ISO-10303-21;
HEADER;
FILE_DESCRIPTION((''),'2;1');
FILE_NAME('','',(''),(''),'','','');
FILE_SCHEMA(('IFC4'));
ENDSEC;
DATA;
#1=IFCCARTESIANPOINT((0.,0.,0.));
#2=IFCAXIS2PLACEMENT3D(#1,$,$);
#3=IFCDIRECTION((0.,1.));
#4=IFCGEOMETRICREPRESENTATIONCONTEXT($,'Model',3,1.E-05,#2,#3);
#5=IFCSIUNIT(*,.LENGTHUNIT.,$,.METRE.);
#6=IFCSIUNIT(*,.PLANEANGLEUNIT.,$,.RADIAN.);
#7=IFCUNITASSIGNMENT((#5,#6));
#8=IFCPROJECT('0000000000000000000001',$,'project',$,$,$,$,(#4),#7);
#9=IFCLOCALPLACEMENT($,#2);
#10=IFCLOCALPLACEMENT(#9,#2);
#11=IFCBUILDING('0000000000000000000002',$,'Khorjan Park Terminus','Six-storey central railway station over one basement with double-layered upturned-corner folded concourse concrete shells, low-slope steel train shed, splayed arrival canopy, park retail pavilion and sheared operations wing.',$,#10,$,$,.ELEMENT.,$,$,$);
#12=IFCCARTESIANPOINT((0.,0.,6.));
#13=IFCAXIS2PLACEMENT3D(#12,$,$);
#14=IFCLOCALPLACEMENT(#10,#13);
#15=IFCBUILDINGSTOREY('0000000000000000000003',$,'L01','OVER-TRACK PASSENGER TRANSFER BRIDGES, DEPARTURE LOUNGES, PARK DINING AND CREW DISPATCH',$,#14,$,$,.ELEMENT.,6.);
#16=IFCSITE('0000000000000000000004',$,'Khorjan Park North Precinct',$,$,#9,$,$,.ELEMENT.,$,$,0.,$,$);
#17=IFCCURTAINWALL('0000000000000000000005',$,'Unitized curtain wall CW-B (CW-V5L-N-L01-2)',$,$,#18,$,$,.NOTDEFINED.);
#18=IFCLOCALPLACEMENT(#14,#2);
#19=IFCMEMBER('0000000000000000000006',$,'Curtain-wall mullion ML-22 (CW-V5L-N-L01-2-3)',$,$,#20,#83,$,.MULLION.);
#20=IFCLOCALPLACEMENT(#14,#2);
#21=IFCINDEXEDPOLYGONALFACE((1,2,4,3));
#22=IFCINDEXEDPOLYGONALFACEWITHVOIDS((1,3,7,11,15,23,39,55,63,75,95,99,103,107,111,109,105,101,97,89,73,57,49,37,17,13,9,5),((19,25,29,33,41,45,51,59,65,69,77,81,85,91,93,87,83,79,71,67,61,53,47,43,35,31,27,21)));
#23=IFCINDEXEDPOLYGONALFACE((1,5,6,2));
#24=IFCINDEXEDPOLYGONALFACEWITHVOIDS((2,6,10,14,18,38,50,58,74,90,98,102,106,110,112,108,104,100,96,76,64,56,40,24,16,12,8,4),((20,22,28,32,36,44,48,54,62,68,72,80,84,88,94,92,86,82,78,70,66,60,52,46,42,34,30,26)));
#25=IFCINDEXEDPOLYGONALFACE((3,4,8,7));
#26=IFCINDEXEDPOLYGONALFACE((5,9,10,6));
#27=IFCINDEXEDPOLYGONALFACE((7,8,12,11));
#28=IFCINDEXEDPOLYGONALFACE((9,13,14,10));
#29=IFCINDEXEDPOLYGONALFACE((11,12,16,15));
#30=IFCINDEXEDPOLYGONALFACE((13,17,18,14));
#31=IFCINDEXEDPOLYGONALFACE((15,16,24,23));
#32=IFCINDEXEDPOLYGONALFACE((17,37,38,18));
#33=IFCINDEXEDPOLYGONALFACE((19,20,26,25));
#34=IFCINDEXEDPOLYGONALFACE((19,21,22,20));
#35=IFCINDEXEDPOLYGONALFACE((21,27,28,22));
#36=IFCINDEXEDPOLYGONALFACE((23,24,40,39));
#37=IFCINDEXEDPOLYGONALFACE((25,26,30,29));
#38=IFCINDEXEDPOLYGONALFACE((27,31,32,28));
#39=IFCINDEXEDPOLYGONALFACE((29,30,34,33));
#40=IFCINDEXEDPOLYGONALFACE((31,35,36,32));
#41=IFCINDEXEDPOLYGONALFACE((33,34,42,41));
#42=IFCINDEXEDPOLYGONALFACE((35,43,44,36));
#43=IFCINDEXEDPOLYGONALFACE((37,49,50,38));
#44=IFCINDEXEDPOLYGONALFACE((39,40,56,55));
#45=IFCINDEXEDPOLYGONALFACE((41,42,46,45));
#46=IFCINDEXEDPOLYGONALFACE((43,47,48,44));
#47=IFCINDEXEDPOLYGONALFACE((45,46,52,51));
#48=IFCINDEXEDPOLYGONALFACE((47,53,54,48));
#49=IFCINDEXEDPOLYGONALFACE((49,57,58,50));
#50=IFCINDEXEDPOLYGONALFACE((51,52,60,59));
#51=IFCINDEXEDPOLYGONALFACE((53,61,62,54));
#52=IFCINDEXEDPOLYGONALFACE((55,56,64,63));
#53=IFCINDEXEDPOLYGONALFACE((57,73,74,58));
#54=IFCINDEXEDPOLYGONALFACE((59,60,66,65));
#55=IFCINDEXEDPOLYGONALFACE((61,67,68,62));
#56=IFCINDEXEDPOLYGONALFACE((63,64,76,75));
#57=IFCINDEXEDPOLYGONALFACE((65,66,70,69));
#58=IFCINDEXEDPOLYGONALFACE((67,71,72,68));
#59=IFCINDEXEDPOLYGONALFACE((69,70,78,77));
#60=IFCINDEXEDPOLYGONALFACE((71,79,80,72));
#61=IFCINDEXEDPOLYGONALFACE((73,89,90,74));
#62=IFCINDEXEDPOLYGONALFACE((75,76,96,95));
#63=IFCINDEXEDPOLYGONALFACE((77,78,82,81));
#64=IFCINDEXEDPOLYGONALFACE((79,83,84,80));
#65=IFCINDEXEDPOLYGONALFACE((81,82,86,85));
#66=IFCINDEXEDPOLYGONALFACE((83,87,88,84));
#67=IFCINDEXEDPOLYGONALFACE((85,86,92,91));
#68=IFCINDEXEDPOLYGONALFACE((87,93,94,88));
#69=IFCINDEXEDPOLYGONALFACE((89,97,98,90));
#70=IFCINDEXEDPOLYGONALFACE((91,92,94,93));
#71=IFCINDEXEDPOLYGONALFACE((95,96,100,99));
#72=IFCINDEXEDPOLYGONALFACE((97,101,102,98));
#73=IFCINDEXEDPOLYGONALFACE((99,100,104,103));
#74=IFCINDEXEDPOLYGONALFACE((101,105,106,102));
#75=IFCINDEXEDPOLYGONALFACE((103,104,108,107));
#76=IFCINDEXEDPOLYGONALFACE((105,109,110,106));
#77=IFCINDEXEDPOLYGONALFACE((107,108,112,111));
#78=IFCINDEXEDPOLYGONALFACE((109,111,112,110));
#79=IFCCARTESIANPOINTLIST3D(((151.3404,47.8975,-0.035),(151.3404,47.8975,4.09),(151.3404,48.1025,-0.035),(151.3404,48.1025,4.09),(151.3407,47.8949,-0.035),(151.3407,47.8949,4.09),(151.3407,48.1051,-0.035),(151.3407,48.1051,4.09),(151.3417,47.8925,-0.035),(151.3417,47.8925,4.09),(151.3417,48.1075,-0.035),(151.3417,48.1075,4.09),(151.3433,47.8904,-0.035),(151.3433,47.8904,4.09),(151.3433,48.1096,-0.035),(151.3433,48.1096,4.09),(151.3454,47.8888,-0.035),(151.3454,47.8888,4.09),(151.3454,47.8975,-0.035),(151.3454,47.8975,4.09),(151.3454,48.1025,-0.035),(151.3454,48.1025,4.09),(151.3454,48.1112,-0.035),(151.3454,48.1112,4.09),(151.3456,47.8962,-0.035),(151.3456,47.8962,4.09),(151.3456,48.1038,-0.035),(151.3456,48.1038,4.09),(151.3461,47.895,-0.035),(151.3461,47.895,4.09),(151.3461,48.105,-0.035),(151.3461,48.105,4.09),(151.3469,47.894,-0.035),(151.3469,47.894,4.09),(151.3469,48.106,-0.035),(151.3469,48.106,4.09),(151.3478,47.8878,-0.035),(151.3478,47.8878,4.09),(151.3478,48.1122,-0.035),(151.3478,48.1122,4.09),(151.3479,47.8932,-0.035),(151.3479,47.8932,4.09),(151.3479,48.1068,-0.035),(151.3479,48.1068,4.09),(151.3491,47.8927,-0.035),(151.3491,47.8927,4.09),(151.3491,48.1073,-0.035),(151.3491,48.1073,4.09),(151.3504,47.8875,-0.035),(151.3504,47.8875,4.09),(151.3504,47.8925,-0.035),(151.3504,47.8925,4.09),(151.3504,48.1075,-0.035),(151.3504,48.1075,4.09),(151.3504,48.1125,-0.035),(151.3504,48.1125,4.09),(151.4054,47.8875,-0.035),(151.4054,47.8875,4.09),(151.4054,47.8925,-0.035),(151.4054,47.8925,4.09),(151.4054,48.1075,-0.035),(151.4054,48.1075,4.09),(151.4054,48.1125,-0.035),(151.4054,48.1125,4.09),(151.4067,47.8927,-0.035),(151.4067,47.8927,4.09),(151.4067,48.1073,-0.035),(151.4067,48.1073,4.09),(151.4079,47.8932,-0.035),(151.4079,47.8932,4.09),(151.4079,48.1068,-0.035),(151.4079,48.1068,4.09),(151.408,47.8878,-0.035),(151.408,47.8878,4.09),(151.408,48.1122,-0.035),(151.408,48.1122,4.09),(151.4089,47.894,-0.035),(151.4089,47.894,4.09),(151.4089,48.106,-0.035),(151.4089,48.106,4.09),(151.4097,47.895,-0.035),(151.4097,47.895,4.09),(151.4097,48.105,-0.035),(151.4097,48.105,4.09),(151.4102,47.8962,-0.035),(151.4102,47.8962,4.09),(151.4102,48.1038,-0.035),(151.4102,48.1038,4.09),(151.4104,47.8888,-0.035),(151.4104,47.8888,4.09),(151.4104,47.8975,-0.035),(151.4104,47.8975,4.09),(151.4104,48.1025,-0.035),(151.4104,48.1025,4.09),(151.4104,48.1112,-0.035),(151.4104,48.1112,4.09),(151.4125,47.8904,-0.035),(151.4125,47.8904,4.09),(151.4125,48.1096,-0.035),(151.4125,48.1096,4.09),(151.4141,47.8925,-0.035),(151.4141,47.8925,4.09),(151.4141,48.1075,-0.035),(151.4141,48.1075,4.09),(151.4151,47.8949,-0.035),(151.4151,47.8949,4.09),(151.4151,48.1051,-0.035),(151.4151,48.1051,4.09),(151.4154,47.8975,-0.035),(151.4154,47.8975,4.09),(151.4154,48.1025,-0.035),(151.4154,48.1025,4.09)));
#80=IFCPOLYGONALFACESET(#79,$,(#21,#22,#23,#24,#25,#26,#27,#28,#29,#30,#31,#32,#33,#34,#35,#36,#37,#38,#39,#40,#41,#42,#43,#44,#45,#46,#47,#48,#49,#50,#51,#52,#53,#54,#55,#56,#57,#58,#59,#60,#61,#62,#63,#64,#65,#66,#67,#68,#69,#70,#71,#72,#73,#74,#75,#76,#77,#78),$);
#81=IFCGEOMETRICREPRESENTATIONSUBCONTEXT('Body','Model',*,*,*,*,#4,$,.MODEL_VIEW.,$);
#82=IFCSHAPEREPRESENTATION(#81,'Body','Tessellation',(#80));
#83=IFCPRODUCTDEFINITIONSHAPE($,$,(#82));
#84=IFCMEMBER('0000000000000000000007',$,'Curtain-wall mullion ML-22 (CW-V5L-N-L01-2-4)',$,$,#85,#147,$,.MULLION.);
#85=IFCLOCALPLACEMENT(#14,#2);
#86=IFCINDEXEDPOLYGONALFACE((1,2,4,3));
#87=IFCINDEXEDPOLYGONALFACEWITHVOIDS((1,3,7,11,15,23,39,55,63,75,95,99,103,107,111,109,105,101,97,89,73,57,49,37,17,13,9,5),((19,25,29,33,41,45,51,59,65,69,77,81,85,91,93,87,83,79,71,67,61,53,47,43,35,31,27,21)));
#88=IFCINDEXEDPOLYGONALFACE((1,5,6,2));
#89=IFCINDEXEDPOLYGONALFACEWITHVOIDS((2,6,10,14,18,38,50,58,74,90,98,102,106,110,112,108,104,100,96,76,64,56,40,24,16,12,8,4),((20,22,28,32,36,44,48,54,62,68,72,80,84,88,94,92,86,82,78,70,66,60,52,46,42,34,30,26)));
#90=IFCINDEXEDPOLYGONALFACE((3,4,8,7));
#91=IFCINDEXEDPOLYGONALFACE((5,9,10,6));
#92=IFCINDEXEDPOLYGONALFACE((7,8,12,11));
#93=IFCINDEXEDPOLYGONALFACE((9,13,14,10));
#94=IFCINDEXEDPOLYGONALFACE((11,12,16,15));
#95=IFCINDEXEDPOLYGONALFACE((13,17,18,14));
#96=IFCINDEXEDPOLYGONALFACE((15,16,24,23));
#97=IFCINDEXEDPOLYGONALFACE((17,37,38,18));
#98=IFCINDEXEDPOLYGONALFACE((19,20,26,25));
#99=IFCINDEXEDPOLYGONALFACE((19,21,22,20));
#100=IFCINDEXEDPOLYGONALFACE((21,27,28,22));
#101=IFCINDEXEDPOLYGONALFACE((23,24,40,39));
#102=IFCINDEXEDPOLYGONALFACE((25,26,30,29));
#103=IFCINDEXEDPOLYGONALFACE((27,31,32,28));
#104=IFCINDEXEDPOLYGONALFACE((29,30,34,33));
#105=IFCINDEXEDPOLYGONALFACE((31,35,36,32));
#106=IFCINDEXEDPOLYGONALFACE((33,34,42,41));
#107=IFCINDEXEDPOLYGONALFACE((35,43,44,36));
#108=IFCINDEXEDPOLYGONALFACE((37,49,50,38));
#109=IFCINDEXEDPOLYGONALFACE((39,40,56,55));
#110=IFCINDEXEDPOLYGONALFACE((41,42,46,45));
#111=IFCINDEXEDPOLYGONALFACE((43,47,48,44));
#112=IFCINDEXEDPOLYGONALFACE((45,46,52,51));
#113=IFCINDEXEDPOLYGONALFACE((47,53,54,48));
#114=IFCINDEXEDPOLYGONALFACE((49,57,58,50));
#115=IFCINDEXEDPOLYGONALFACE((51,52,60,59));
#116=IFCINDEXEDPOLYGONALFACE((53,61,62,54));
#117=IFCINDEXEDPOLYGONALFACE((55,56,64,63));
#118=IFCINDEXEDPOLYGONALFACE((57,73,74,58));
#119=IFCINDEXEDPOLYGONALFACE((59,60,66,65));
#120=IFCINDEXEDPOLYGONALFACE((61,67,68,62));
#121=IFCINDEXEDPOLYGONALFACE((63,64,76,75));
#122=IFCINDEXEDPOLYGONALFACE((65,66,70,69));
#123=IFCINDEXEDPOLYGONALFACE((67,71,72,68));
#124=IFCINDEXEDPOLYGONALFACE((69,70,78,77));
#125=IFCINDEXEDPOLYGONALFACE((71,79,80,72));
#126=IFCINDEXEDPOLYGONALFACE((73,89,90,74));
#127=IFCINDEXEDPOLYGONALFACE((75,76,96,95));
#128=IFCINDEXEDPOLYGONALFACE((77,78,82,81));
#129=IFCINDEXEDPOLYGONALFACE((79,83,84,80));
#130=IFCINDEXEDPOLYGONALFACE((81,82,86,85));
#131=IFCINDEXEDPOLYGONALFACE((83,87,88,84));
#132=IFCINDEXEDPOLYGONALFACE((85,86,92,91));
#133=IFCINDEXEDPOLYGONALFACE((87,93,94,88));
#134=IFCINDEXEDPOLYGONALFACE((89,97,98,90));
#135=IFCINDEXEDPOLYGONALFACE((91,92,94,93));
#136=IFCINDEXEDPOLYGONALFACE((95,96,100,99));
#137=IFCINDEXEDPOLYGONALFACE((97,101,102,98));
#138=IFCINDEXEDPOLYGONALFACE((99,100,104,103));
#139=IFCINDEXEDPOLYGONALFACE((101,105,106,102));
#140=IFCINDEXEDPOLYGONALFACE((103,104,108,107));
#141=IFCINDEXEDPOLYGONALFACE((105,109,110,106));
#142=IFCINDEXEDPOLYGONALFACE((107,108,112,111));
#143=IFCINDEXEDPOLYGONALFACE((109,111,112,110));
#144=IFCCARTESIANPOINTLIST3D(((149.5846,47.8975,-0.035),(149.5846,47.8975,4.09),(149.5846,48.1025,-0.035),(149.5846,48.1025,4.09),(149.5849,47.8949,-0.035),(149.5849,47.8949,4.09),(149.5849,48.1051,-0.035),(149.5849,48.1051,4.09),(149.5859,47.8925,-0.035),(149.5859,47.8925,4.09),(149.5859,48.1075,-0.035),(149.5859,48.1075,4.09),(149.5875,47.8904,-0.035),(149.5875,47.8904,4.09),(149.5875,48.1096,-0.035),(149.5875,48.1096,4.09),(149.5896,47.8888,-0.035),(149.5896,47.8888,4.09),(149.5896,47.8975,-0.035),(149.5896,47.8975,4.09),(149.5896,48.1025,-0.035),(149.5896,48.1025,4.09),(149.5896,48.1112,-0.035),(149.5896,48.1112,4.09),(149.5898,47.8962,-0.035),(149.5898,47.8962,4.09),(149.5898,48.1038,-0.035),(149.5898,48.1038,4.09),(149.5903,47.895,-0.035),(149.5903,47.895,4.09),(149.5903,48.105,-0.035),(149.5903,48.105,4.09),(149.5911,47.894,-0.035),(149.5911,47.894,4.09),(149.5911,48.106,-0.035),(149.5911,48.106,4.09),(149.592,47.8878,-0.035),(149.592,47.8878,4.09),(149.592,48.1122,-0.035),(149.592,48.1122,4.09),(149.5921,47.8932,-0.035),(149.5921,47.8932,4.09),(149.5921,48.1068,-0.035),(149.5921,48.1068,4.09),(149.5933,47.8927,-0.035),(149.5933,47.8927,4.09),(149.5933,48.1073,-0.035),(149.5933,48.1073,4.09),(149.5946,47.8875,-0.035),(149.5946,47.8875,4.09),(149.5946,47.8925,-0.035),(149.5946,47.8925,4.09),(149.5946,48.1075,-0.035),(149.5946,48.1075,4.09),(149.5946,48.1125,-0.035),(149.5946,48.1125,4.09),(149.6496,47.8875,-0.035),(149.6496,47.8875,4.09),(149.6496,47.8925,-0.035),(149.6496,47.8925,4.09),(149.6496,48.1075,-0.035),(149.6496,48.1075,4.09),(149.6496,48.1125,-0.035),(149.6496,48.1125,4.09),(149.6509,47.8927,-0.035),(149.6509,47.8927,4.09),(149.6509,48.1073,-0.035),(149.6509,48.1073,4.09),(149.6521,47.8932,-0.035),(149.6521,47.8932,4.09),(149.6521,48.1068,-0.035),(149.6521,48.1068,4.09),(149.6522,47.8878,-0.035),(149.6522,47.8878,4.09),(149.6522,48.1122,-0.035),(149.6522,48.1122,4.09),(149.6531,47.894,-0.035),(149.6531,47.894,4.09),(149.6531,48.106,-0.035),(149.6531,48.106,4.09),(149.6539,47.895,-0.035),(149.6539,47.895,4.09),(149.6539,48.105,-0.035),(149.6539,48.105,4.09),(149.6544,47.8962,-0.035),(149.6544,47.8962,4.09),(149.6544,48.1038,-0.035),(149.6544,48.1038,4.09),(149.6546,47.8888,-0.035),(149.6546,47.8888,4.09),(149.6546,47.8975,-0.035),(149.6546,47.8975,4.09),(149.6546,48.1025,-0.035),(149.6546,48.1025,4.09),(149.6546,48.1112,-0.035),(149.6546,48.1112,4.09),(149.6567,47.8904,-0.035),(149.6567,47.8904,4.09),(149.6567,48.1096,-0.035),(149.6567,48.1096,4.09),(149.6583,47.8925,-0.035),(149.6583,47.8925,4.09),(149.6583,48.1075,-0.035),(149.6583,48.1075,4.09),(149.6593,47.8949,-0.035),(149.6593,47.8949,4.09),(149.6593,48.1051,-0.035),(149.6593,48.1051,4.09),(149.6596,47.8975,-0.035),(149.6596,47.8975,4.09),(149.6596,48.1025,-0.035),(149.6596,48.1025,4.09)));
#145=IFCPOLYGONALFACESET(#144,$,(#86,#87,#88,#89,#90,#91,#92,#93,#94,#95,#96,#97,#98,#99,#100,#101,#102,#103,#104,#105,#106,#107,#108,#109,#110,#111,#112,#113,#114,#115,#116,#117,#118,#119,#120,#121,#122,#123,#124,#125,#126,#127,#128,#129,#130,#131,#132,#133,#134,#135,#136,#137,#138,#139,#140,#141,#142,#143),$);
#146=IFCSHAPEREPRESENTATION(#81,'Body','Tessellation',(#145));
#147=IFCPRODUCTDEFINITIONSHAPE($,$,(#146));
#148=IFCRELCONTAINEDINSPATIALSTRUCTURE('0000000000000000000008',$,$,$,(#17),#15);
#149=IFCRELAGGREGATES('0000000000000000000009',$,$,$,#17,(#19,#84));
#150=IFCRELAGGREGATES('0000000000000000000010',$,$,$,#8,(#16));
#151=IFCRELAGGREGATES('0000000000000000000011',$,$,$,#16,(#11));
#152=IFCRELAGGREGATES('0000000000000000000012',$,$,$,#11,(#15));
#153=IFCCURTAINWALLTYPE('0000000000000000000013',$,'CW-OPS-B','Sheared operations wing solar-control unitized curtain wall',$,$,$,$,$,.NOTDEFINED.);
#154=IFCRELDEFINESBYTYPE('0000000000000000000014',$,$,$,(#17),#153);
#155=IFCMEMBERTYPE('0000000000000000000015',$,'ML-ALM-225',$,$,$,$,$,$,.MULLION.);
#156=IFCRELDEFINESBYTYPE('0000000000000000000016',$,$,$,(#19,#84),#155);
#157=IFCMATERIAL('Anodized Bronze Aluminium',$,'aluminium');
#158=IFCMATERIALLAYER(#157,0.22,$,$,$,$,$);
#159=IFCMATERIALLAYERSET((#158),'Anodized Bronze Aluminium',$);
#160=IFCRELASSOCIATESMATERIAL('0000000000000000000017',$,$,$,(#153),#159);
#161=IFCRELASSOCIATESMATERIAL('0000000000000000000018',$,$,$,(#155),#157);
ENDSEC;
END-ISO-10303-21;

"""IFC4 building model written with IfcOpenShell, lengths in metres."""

from ifc_helpers import new_model, si_unit, direction, frame, origin, origin_2d, place, context, subcontext, project, spatial, hollow_rectangle, extrude, material, layer, layer_set, material_profile, profile_set, type_object, element, aggregate, save


model = new_model("IFC4")

# Units and contexts
model_context = context("Model", 3, precision=1e-05, world=origin(), true_north=direction((0.0, 1.0)))
body_context = subcontext(model_context, "Body", "Model", "MODEL_VIEW")
ifc_project = project(units=[si_unit("LENGTHUNIT", "METRE"), si_unit("PLANEANGLEUNIT", "RADIAN")], contexts=[model_context])

# Site, building, storey
site_placement = place(None, origin())
site = spatial("IfcSite", under=ifc_project, at=site_placement, Name="Khorjan Park North Precinct", CompositionType="ELEMENT", RefElevation=0.0)
building_placement = place(site_placement, origin())
building = spatial("IfcBuilding", under=site, at=building_placement, Name="Khorjan Park Terminus", Description="Six-storey central railway station over one basement with double-layered upturned-corner folded concourse concrete shells, low-slope steel train shed, splayed arrival canopy, park retail pavilion and sheared operations wing.", CompositionType="ELEMENT")
storey_placement = place(building_placement, frame((0.0, 0.0, 6.0)))
storey = spatial("IfcBuildingStorey", under=building, at=storey_placement, Name="L01", Description="OVER-TRACK PASSENGER TRANSFER BRIDGES, DEPARTURE LOUNGES, PARK DINING AND CREW DISPATCH", CompositionType="ELEMENT", Elevation=6.0)

# Curtain wall, members
ifc_material_1 = material(Name="Anodized Bronze Aluminium", Category="aluminium")
ifc_layer_1 = layer(ifc_material_1, 0.22)
ifc_layer_set_1 = layer_set([ifc_layer_1], Name="Anodized Bronze Aluminium")
curtain_wall_type = type_object("IfcCurtainWallType", Name="CW-OPS-B", Description="Sheared operations wing solar-control unitized curtain wall", PredefinedType="NOTDEFINED", material=ifc_layer_set_1)
curtain_wall_placement = place(storey_placement, origin())
curtain_wall = element("IfcCurtainWall", 1, at=curtain_wall_placement, inside=storey, type_object=curtain_wall_type, Name="Unitized curtain wall CW-B (CW-V5L-N-L01-2)", PredefinedType="NOTDEFINED")
ifc_material_profile_1 = material_profile(ifc_material_1, hollow_rectangle(XDim=0.075, YDim=0.225, WallThickness=0.005, InnerFilletRadius=0.005, OuterFilletRadius=0.01, at=origin_2d()), Name="ALM 75x225x5")
ifc_profile_set_1 = profile_set([ifc_material_profile_1], Name="Anodized Bronze Aluminium")
member_type_1 = type_object("IfcMemberType", Name="ML-ALM-225", PredefinedType="MULLION", material=ifc_profile_set_1)
member_1_placement = place(storey_placement, frame((151.3779, 48.0, -0.035), z_axis=(0.0, 0.0, 1.0), x_axis=(-1.0, 0.0, 0.0)))
member_1 = element("IfcMember", 2, at=member_1_placement, type_object=member_type_1, Name="Curtain-wall mullion ML-22 (CW-V5L-N-L01-2-3)", PredefinedType="MULLION", context=body_context, shape_type="SweptSolid", body=[
    extrude(hollow_rectangle(XDim=0.075, YDim=0.225, WallThickness=0.005, InnerFilletRadius=0.005, OuterFilletRadius=0.01, at=origin_2d()), origin(), (0.0, 0.0, 1.0), 4.125),
])
member_2_placement = place(storey_placement, frame((149.6221, 48.0, -0.035), z_axis=(0.0, 0.0, 1.0), x_axis=(-1.0, 0.0, 0.0)))
member_2 = element("IfcMember", 3, at=member_2_placement, type_object=member_type_1, Name="Curtain-wall mullion ML-22 (CW-V5L-N-L01-2-4)", PredefinedType="MULLION", context=body_context, shape_type="SweptSolid", body=[
    extrude(hollow_rectangle(XDim=0.075, YDim=0.225, WallThickness=0.005, InnerFilletRadius=0.005, OuterFilletRadius=0.01, at=origin_2d()), origin(), (0.0, 0.0, 1.0), 4.125),
])
aggregate(curtain_wall, [member_1, member_2])

save(model, "model.ifc")
